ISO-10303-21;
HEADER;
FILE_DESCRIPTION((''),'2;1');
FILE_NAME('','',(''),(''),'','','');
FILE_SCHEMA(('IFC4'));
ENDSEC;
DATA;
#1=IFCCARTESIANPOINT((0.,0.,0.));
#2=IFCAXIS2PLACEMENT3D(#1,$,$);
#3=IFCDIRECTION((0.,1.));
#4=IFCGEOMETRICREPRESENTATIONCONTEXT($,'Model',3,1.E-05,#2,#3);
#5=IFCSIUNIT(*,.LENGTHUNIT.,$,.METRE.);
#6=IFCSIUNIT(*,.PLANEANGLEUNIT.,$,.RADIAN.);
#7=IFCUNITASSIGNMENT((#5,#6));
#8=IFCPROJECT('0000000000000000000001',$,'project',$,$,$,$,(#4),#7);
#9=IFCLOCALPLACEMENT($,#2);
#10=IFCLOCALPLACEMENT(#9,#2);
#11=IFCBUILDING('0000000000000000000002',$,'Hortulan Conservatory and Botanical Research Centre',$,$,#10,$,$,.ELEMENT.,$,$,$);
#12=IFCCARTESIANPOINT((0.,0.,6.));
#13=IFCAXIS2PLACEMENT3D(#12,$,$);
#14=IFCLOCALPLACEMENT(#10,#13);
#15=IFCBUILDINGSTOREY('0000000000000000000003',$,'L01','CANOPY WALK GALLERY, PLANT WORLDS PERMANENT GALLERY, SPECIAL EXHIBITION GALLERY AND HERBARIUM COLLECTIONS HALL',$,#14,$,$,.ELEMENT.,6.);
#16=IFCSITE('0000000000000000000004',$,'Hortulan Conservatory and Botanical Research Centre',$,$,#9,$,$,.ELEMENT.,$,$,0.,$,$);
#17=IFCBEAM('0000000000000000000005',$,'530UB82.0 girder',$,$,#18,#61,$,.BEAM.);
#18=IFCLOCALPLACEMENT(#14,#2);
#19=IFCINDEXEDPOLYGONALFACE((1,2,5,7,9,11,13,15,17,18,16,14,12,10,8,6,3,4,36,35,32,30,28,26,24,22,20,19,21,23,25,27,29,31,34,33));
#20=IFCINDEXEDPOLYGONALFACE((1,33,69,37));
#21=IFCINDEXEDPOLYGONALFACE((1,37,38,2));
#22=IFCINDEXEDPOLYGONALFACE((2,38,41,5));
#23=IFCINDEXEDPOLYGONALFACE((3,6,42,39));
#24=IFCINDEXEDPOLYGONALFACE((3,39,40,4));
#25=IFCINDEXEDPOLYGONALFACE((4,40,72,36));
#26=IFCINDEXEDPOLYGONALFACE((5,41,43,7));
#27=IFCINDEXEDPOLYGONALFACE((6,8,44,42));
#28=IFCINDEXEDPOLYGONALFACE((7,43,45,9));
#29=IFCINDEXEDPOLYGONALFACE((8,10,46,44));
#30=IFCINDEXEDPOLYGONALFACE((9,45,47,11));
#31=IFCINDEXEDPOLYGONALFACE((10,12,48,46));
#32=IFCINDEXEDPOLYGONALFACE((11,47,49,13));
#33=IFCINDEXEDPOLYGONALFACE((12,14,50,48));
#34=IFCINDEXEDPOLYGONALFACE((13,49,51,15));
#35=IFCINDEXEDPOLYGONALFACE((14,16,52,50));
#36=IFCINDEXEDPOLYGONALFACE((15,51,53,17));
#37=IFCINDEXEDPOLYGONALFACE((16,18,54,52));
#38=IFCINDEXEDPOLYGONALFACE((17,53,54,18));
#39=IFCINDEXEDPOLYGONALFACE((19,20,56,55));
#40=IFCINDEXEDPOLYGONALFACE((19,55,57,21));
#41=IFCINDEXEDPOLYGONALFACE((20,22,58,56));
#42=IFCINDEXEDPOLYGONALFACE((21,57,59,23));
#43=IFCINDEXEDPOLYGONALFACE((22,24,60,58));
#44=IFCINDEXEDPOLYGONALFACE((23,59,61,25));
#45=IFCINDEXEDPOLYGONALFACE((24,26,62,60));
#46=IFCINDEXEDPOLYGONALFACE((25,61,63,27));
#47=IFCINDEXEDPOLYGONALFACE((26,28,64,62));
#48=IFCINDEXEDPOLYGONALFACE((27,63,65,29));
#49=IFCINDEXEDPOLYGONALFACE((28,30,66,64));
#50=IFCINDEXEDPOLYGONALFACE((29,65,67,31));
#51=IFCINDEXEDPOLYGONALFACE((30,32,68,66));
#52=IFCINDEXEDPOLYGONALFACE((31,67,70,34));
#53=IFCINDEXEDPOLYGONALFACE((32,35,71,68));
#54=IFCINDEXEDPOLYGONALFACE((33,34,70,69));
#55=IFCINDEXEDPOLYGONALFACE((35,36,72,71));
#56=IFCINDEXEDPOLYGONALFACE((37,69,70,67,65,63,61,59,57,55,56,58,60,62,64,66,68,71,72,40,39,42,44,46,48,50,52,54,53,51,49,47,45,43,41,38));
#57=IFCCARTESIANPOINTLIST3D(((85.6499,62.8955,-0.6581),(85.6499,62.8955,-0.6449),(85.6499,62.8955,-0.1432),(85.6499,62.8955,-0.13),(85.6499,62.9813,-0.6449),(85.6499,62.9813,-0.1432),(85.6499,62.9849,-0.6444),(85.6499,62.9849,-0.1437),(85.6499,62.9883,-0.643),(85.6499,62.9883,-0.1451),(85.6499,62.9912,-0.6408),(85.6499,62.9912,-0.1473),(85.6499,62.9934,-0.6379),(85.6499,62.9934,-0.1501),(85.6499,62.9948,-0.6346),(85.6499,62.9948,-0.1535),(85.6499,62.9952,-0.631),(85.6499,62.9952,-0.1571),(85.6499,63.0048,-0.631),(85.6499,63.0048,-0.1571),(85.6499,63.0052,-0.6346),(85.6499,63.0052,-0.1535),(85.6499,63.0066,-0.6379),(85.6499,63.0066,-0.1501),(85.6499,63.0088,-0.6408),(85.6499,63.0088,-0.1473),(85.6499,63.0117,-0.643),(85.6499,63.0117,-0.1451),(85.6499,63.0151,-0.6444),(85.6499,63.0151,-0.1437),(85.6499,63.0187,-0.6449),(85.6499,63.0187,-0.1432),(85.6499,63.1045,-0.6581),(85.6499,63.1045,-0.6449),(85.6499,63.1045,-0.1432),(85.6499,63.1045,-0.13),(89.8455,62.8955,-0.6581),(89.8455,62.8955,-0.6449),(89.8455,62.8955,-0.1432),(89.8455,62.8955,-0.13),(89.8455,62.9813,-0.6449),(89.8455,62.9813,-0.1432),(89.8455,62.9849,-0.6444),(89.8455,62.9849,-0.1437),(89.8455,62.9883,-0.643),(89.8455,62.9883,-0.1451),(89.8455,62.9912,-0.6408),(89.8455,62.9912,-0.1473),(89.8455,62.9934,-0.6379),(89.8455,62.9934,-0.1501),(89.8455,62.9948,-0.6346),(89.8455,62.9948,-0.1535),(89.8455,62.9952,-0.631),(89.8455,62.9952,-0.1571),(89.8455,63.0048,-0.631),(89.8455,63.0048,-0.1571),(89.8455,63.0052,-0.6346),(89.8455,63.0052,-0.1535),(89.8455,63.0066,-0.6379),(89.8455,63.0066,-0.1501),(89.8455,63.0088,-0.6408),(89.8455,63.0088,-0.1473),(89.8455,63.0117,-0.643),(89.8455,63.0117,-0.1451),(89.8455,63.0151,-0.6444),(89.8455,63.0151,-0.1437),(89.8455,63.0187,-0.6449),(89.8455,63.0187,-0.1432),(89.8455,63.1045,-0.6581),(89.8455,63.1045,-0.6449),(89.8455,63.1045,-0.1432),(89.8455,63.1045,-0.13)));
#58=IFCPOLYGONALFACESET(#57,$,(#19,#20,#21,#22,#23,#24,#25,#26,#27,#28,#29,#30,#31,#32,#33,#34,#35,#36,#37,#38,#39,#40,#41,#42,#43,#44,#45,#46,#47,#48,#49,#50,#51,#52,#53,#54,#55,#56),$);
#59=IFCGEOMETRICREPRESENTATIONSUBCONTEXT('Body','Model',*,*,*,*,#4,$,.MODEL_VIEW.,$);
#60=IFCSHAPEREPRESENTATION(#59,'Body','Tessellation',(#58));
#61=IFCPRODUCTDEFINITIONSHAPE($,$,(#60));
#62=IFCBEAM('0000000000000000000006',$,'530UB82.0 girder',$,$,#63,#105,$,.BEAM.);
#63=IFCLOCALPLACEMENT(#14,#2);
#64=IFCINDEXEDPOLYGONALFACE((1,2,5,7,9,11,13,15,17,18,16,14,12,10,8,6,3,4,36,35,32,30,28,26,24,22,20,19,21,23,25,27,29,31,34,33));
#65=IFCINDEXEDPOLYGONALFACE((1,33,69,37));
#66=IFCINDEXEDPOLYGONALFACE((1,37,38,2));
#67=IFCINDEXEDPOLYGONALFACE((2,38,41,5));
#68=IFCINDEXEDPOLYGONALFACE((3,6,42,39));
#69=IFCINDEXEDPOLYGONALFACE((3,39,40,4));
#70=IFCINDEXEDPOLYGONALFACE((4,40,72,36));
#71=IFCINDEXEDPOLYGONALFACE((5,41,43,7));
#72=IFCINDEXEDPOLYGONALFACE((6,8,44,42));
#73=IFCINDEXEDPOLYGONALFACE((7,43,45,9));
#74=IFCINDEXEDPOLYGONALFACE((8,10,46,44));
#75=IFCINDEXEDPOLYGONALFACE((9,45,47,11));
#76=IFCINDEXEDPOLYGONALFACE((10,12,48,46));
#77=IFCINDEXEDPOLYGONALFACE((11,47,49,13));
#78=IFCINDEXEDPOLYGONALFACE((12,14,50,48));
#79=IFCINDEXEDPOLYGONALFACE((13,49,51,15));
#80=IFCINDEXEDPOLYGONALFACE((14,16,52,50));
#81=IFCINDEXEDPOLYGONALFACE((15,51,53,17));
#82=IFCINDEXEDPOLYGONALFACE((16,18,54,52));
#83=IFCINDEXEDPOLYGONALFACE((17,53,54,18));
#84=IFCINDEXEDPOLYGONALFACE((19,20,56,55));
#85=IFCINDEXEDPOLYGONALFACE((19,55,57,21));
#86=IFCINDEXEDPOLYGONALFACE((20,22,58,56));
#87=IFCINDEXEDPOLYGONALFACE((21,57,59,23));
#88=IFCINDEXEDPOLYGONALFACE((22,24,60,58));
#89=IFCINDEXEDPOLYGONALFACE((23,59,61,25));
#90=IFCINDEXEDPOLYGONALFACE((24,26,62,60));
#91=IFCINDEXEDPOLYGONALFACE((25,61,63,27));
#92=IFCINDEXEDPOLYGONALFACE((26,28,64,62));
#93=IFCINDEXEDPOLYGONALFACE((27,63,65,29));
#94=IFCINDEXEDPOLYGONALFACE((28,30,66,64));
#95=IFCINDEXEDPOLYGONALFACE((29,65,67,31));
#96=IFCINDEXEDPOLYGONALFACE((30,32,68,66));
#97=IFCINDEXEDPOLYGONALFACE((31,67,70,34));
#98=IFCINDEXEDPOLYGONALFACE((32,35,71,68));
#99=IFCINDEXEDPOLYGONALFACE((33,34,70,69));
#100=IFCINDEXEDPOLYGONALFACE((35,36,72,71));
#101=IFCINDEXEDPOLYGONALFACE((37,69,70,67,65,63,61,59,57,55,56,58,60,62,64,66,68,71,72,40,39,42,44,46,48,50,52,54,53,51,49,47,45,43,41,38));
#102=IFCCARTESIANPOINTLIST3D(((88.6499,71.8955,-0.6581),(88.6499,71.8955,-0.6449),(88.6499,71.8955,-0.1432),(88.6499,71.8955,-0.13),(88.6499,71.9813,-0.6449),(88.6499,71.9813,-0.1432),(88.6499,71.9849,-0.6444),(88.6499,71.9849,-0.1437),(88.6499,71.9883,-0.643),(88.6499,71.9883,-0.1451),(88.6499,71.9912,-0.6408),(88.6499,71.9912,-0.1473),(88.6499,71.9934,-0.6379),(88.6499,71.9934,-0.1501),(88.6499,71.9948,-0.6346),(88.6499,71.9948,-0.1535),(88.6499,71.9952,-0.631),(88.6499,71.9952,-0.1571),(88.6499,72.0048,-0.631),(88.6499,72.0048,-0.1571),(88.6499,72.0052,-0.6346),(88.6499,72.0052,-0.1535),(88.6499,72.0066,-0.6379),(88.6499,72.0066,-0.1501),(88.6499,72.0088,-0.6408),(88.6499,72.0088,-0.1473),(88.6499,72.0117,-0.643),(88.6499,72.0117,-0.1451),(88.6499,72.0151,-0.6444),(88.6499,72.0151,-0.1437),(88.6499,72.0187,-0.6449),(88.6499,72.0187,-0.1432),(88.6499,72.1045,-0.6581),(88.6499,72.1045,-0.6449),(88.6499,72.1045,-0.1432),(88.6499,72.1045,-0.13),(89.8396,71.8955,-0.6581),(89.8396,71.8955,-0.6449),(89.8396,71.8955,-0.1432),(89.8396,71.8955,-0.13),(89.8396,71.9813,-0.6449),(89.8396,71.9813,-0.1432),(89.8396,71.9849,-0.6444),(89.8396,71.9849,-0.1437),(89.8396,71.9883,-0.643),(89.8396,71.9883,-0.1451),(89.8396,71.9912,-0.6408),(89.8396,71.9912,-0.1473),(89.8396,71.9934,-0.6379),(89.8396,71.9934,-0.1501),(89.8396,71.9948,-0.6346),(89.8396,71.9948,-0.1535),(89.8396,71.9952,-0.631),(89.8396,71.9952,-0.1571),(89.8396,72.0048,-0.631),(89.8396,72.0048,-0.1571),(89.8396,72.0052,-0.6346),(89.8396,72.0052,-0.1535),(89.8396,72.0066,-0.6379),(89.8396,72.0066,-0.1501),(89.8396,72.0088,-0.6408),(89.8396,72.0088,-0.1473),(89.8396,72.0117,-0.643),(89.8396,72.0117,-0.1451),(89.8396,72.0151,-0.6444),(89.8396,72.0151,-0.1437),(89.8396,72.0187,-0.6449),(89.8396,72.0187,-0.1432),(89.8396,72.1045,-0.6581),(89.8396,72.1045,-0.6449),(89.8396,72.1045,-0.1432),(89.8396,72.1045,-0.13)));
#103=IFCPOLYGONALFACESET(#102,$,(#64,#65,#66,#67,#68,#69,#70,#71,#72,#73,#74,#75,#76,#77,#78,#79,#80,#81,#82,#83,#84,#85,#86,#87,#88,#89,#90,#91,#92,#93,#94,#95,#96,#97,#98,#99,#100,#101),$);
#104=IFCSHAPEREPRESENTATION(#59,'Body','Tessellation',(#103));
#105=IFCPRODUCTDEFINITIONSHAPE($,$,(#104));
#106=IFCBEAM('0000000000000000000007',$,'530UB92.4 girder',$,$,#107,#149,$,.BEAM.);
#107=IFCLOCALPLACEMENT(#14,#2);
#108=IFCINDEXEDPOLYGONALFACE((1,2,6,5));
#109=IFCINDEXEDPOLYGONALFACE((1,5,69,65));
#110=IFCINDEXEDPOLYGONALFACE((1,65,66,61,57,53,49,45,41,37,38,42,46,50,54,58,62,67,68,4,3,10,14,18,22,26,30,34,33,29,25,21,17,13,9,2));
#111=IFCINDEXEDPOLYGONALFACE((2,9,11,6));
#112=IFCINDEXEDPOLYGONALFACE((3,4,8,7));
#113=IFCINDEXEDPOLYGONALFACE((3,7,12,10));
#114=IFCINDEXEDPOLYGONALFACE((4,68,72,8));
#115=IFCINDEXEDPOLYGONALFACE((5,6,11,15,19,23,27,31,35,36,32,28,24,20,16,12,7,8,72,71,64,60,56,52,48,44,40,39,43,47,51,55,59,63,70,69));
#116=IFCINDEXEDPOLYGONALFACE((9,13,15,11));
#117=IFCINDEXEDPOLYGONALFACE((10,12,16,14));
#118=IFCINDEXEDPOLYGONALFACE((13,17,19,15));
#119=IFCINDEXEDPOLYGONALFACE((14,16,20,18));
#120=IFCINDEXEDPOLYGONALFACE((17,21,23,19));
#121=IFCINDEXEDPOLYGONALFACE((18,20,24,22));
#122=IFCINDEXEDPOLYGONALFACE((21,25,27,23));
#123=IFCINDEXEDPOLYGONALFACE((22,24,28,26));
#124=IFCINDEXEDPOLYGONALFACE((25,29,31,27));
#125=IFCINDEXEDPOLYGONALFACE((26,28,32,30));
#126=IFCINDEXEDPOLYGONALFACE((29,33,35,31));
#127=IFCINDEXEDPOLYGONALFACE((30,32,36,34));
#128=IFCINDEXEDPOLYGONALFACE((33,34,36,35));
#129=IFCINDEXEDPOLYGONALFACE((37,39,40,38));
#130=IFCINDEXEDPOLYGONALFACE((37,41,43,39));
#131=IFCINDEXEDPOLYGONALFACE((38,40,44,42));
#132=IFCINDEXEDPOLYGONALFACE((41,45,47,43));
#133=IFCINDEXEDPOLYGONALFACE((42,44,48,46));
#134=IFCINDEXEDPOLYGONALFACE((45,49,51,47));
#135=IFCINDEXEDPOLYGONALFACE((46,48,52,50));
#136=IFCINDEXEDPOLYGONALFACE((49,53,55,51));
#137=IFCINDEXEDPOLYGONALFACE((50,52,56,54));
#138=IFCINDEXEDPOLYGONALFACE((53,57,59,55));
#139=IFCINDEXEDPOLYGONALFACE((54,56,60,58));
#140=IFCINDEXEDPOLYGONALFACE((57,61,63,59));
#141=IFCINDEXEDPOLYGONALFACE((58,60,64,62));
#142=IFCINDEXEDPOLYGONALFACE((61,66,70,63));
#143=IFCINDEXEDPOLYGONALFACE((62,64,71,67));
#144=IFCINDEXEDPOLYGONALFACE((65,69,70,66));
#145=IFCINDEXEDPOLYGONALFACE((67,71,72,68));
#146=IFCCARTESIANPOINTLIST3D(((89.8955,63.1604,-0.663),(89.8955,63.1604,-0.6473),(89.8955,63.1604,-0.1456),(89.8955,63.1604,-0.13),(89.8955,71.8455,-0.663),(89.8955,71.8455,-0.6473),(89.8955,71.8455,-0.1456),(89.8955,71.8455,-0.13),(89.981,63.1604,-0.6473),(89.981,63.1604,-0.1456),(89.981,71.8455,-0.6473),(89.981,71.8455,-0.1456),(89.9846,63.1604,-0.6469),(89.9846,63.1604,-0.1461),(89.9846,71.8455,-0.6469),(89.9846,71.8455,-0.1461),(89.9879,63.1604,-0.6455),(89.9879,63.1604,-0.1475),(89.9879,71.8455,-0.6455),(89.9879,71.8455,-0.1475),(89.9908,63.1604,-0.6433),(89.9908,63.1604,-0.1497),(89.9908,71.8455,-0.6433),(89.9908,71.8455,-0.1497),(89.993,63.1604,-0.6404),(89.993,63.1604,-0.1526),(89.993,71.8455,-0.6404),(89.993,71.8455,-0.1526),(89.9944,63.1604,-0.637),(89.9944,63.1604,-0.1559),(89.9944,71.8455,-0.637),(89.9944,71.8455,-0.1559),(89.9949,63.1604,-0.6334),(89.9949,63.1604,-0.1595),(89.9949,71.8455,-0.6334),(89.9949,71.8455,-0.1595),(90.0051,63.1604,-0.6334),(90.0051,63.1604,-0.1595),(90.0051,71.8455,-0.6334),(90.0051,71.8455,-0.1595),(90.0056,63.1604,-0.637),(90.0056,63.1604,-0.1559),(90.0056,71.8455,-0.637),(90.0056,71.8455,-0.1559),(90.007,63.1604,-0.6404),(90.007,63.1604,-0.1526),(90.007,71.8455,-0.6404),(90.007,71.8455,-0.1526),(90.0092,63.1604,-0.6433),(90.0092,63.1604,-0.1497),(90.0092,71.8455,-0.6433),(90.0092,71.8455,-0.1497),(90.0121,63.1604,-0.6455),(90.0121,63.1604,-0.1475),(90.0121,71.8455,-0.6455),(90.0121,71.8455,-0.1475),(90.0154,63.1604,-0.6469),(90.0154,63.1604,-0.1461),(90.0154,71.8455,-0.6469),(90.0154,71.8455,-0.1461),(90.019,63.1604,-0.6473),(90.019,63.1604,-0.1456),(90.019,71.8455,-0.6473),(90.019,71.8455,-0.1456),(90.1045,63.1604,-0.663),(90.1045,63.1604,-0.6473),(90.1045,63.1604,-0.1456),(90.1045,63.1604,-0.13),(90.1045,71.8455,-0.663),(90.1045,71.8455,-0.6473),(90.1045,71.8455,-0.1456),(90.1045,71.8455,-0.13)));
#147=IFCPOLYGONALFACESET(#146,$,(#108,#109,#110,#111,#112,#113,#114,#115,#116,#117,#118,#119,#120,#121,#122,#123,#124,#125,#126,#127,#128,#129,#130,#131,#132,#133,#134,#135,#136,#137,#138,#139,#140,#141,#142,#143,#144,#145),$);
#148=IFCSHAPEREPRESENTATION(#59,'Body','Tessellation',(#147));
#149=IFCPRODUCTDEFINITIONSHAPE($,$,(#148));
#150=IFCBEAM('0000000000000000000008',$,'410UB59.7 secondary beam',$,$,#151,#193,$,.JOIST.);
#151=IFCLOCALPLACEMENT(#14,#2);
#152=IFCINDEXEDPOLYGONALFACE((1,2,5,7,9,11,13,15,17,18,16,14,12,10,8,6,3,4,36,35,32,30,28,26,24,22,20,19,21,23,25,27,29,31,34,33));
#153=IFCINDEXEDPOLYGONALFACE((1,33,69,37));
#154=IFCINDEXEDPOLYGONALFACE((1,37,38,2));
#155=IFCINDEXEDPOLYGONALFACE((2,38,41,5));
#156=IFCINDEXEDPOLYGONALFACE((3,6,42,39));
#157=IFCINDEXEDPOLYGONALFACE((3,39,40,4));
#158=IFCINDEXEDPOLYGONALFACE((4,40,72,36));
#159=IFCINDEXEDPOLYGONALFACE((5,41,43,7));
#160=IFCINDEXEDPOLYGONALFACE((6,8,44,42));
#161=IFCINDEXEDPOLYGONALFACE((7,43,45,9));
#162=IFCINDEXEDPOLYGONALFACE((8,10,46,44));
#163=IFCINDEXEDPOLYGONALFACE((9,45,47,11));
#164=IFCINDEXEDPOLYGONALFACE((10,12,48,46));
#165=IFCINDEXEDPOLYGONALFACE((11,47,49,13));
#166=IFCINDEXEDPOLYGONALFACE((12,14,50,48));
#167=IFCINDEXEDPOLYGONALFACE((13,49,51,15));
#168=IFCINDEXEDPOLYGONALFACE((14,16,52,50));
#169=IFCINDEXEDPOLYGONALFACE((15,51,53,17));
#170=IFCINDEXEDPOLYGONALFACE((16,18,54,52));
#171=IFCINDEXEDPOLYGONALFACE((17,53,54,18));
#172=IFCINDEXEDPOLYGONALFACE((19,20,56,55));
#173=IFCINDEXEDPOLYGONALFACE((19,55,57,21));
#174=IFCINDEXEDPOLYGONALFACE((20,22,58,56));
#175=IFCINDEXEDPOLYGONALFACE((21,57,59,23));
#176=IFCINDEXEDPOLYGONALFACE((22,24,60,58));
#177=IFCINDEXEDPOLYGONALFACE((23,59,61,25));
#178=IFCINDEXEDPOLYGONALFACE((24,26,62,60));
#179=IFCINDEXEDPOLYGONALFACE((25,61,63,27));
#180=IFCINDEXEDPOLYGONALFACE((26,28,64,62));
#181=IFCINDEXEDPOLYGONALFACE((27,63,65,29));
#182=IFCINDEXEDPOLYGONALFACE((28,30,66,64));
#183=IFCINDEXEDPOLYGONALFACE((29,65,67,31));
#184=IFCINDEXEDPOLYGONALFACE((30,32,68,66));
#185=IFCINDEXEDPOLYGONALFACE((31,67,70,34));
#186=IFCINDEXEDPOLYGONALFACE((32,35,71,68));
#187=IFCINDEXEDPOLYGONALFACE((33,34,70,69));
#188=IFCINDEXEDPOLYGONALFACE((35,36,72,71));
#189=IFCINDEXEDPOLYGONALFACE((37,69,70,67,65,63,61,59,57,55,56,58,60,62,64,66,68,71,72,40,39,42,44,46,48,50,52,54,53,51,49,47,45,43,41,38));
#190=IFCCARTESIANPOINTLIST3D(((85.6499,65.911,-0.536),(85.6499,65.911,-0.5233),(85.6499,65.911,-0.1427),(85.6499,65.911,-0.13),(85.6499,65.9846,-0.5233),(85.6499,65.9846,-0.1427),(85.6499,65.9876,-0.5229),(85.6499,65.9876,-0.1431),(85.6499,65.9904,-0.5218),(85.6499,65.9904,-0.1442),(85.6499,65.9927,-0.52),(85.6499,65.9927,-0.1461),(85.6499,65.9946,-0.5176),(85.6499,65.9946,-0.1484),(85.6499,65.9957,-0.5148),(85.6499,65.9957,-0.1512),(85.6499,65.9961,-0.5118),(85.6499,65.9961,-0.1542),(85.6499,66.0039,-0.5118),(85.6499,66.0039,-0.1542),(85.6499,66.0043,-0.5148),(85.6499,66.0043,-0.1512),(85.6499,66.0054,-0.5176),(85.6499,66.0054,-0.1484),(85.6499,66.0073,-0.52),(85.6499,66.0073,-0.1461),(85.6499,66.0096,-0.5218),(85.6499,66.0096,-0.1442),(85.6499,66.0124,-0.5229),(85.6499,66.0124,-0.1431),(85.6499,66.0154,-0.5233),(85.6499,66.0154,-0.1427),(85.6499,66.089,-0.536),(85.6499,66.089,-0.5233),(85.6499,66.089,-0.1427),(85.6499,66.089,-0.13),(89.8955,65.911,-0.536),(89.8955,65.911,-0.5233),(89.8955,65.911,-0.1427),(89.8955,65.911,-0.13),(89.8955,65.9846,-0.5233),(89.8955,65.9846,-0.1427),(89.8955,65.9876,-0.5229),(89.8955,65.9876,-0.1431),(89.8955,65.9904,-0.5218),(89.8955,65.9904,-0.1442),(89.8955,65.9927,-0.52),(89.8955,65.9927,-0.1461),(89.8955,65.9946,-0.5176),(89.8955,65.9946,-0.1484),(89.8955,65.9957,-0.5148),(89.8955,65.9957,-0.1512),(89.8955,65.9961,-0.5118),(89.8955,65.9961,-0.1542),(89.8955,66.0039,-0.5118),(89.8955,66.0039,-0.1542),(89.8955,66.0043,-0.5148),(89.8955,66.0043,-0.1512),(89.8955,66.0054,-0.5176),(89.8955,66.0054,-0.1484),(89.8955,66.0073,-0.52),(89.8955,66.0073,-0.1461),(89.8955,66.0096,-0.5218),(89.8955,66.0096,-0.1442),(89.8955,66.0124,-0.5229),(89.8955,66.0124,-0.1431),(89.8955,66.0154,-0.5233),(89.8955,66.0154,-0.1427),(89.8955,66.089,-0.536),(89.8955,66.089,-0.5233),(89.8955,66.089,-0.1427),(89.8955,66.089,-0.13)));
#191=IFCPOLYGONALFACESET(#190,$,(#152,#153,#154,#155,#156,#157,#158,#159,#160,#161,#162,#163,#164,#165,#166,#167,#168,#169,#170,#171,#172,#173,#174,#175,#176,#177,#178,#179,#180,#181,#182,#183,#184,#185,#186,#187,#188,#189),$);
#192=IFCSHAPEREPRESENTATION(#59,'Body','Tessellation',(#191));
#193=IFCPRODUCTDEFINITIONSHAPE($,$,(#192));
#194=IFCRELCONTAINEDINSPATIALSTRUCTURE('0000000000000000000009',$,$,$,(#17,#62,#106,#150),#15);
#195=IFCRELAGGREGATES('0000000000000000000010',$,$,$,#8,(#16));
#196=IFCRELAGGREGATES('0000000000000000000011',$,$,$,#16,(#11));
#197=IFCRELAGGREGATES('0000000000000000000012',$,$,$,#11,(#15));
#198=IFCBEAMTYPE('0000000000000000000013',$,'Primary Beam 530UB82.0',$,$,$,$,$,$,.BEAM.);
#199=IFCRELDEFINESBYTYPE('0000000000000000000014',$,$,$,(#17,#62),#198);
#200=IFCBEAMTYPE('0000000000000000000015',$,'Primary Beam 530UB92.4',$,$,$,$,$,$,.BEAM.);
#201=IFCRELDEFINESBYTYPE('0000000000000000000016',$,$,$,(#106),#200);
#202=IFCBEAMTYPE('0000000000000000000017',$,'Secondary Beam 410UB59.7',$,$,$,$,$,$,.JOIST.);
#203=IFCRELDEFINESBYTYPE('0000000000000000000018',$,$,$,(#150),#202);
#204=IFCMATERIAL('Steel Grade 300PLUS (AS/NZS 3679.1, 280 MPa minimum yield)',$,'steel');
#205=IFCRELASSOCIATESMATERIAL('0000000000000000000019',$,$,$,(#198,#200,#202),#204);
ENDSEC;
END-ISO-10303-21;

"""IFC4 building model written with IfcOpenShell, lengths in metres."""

from ifc_helpers import new_model, si_unit, direction, frame, origin, origin_2d, place, context, subcontext, project, spatial, i_section, extrude, material, material_profile, profile_set, type_object, element, save


model = new_model("IFC4")

# Units and contexts
model_context = context("Model", 3, precision=1e-05, world=origin(), true_north=direction((0.0, 1.0)))
body_context = subcontext(model_context, "Body", "Model", "MODEL_VIEW")
ifc_project = project(units=[si_unit("LENGTHUNIT", "METRE"), si_unit("PLANEANGLEUNIT", "RADIAN")], contexts=[model_context])

# Site, building, storey
site_placement = place(None, origin())
site = spatial("IfcSite", under=ifc_project, at=site_placement, Name="Hortulan Conservatory and Botanical Research Centre", CompositionType="ELEMENT", RefElevation=0.0)
building_placement = place(site_placement, origin())
building = spatial("IfcBuilding", under=site, at=building_placement, Name="Hortulan Conservatory and Botanical Research Centre", CompositionType="ELEMENT")
storey_placement = place(building_placement, frame((0.0, 0.0, 6.0)))
storey = spatial("IfcBuildingStorey", under=building, at=storey_placement, Name="L01", Description="CANOPY WALK GALLERY, PLANT WORLDS PERMANENT GALLERY, SPECIAL EXHIBITION GALLERY AND HERBARIUM COLLECTIONS HALL", CompositionType="ELEMENT", Elevation=6.0)

# Shared definitions
ifc_material_1 = material(Name="Steel Grade 300PLUS (AS/NZS 3679.1, 280 MPa minimum yield)", Category="steel")

# Beams
ifc_material_profile_1 = material_profile(ifc_material_1, i_section(OverallWidth=0.209, OverallDepth=0.5281, WebThickness=0.0095, FlangeThickness=0.0132, FilletRadius=0.0139, at=origin_2d()), Name="530UB82.0")
ifc_profile_set_1 = profile_set([ifc_material_profile_1], Name="Steel Grade 300PLUS (AS/NZS 3679.1, 280 MPa minimum yield)")
beam_type_1 = type_object("IfcBeamType", Name="Primary Beam 530UB82.0", PredefinedType="BEAM", material=ifc_profile_set_1)
beam_1_placement = place(storey_placement, frame((85.6499, 63.0, -0.394), z_axis=(1.0, 0.0, 0.0), x_axis=(0.0, 1.0, 0.0)))
element("IfcBeam", 1, at=beam_1_placement, inside=storey, type_object=beam_type_1, Name="530UB82.0 girder", PredefinedType="BEAM", context=body_context, shape_type="SweptSolid", body=[
    extrude(i_section(OverallWidth=0.209, OverallDepth=0.5281, WebThickness=0.0095, FlangeThickness=0.0132, FilletRadius=0.0139, at=origin_2d()), origin(), (0.0, 0.0, 1.0), 4.1956),
])
beam_2_placement = place(storey_placement, frame((88.6499, 72.0, -0.394), z_axis=(1.0, 0.0, 0.0), x_axis=(0.0, 1.0, 0.0)))
element("IfcBeam", 2, at=beam_2_placement, inside=storey, type_object=beam_type_1, Name="530UB82.0 girder", PredefinedType="BEAM", context=body_context, shape_type="SweptSolid", body=[
    extrude(i_section(OverallWidth=0.209, OverallDepth=0.5281, WebThickness=0.0095, FlangeThickness=0.0132, FilletRadius=0.0139, at=origin_2d()), origin(), (0.0, 0.0, 1.0), 1.1897),
])
ifc_material_profile_2 = material_profile(ifc_material_1, i_section(OverallWidth=0.209, OverallDepth=0.533, WebThickness=0.0103, FlangeThickness=0.0156, FilletRadius=0.0139, at=origin_2d()), Name="530UB92.4")
ifc_profile_set_2 = profile_set([ifc_material_profile_2], Name="Steel Grade 300PLUS (AS/NZS 3679.1, 280 MPa minimum yield)")
beam_type_2 = type_object("IfcBeamType", Name="Primary Beam 530UB92.4", PredefinedType="BEAM", material=ifc_profile_set_2)
beam_3_placement = place(storey_placement, frame((90.0, 63.1604, -0.3965), z_axis=(0.0, 1.0, 0.0), x_axis=(-1.0, 0.0, 0.0)))
element("IfcBeam", 3, at=beam_3_placement, inside=storey, type_object=beam_type_2, Name="530UB92.4 girder", PredefinedType="BEAM", context=body_context, shape_type="SweptSolid", body=[
    extrude(i_section(OverallWidth=0.209, OverallDepth=0.533, WebThickness=0.0103, FlangeThickness=0.0156, FilletRadius=0.0139, at=origin_2d()), origin(), (0.0, 0.0, 1.0), 8.6851),
])
ifc_material_profile_3 = material_profile(ifc_material_1, i_section(OverallWidth=0.178, OverallDepth=0.406, WebThickness=0.0078, FlangeThickness=0.0127, FilletRadius=0.0115, at=origin_2d()), Name="410UB59.7")
ifc_profile_set_3 = profile_set([ifc_material_profile_3], Name="Steel Grade 300PLUS (AS/NZS 3679.1, 280 MPa minimum yield)")
beam_type_3 = type_object("IfcBeamType", Name="Secondary Beam 410UB59.7", PredefinedType="JOIST", material=ifc_profile_set_3)
beam_4_placement = place(storey_placement, frame((85.6499, 66.0, -0.333), z_axis=(1.0, 0.0, 0.0), x_axis=(0.0, 1.0, 0.0)))
element("IfcBeam", 4, at=beam_4_placement, inside=storey, type_object=beam_type_3, Name="410UB59.7 secondary beam", PredefinedType="JOIST", context=body_context, shape_type="SweptSolid", body=[
    extrude(i_section(OverallWidth=0.178, OverallDepth=0.406, WebThickness=0.0078, FlangeThickness=0.0127, FilletRadius=0.0115, at=origin_2d()), origin(), (0.0, 0.0, 1.0), 4.2456),
])

save(model, "model.ifc")
